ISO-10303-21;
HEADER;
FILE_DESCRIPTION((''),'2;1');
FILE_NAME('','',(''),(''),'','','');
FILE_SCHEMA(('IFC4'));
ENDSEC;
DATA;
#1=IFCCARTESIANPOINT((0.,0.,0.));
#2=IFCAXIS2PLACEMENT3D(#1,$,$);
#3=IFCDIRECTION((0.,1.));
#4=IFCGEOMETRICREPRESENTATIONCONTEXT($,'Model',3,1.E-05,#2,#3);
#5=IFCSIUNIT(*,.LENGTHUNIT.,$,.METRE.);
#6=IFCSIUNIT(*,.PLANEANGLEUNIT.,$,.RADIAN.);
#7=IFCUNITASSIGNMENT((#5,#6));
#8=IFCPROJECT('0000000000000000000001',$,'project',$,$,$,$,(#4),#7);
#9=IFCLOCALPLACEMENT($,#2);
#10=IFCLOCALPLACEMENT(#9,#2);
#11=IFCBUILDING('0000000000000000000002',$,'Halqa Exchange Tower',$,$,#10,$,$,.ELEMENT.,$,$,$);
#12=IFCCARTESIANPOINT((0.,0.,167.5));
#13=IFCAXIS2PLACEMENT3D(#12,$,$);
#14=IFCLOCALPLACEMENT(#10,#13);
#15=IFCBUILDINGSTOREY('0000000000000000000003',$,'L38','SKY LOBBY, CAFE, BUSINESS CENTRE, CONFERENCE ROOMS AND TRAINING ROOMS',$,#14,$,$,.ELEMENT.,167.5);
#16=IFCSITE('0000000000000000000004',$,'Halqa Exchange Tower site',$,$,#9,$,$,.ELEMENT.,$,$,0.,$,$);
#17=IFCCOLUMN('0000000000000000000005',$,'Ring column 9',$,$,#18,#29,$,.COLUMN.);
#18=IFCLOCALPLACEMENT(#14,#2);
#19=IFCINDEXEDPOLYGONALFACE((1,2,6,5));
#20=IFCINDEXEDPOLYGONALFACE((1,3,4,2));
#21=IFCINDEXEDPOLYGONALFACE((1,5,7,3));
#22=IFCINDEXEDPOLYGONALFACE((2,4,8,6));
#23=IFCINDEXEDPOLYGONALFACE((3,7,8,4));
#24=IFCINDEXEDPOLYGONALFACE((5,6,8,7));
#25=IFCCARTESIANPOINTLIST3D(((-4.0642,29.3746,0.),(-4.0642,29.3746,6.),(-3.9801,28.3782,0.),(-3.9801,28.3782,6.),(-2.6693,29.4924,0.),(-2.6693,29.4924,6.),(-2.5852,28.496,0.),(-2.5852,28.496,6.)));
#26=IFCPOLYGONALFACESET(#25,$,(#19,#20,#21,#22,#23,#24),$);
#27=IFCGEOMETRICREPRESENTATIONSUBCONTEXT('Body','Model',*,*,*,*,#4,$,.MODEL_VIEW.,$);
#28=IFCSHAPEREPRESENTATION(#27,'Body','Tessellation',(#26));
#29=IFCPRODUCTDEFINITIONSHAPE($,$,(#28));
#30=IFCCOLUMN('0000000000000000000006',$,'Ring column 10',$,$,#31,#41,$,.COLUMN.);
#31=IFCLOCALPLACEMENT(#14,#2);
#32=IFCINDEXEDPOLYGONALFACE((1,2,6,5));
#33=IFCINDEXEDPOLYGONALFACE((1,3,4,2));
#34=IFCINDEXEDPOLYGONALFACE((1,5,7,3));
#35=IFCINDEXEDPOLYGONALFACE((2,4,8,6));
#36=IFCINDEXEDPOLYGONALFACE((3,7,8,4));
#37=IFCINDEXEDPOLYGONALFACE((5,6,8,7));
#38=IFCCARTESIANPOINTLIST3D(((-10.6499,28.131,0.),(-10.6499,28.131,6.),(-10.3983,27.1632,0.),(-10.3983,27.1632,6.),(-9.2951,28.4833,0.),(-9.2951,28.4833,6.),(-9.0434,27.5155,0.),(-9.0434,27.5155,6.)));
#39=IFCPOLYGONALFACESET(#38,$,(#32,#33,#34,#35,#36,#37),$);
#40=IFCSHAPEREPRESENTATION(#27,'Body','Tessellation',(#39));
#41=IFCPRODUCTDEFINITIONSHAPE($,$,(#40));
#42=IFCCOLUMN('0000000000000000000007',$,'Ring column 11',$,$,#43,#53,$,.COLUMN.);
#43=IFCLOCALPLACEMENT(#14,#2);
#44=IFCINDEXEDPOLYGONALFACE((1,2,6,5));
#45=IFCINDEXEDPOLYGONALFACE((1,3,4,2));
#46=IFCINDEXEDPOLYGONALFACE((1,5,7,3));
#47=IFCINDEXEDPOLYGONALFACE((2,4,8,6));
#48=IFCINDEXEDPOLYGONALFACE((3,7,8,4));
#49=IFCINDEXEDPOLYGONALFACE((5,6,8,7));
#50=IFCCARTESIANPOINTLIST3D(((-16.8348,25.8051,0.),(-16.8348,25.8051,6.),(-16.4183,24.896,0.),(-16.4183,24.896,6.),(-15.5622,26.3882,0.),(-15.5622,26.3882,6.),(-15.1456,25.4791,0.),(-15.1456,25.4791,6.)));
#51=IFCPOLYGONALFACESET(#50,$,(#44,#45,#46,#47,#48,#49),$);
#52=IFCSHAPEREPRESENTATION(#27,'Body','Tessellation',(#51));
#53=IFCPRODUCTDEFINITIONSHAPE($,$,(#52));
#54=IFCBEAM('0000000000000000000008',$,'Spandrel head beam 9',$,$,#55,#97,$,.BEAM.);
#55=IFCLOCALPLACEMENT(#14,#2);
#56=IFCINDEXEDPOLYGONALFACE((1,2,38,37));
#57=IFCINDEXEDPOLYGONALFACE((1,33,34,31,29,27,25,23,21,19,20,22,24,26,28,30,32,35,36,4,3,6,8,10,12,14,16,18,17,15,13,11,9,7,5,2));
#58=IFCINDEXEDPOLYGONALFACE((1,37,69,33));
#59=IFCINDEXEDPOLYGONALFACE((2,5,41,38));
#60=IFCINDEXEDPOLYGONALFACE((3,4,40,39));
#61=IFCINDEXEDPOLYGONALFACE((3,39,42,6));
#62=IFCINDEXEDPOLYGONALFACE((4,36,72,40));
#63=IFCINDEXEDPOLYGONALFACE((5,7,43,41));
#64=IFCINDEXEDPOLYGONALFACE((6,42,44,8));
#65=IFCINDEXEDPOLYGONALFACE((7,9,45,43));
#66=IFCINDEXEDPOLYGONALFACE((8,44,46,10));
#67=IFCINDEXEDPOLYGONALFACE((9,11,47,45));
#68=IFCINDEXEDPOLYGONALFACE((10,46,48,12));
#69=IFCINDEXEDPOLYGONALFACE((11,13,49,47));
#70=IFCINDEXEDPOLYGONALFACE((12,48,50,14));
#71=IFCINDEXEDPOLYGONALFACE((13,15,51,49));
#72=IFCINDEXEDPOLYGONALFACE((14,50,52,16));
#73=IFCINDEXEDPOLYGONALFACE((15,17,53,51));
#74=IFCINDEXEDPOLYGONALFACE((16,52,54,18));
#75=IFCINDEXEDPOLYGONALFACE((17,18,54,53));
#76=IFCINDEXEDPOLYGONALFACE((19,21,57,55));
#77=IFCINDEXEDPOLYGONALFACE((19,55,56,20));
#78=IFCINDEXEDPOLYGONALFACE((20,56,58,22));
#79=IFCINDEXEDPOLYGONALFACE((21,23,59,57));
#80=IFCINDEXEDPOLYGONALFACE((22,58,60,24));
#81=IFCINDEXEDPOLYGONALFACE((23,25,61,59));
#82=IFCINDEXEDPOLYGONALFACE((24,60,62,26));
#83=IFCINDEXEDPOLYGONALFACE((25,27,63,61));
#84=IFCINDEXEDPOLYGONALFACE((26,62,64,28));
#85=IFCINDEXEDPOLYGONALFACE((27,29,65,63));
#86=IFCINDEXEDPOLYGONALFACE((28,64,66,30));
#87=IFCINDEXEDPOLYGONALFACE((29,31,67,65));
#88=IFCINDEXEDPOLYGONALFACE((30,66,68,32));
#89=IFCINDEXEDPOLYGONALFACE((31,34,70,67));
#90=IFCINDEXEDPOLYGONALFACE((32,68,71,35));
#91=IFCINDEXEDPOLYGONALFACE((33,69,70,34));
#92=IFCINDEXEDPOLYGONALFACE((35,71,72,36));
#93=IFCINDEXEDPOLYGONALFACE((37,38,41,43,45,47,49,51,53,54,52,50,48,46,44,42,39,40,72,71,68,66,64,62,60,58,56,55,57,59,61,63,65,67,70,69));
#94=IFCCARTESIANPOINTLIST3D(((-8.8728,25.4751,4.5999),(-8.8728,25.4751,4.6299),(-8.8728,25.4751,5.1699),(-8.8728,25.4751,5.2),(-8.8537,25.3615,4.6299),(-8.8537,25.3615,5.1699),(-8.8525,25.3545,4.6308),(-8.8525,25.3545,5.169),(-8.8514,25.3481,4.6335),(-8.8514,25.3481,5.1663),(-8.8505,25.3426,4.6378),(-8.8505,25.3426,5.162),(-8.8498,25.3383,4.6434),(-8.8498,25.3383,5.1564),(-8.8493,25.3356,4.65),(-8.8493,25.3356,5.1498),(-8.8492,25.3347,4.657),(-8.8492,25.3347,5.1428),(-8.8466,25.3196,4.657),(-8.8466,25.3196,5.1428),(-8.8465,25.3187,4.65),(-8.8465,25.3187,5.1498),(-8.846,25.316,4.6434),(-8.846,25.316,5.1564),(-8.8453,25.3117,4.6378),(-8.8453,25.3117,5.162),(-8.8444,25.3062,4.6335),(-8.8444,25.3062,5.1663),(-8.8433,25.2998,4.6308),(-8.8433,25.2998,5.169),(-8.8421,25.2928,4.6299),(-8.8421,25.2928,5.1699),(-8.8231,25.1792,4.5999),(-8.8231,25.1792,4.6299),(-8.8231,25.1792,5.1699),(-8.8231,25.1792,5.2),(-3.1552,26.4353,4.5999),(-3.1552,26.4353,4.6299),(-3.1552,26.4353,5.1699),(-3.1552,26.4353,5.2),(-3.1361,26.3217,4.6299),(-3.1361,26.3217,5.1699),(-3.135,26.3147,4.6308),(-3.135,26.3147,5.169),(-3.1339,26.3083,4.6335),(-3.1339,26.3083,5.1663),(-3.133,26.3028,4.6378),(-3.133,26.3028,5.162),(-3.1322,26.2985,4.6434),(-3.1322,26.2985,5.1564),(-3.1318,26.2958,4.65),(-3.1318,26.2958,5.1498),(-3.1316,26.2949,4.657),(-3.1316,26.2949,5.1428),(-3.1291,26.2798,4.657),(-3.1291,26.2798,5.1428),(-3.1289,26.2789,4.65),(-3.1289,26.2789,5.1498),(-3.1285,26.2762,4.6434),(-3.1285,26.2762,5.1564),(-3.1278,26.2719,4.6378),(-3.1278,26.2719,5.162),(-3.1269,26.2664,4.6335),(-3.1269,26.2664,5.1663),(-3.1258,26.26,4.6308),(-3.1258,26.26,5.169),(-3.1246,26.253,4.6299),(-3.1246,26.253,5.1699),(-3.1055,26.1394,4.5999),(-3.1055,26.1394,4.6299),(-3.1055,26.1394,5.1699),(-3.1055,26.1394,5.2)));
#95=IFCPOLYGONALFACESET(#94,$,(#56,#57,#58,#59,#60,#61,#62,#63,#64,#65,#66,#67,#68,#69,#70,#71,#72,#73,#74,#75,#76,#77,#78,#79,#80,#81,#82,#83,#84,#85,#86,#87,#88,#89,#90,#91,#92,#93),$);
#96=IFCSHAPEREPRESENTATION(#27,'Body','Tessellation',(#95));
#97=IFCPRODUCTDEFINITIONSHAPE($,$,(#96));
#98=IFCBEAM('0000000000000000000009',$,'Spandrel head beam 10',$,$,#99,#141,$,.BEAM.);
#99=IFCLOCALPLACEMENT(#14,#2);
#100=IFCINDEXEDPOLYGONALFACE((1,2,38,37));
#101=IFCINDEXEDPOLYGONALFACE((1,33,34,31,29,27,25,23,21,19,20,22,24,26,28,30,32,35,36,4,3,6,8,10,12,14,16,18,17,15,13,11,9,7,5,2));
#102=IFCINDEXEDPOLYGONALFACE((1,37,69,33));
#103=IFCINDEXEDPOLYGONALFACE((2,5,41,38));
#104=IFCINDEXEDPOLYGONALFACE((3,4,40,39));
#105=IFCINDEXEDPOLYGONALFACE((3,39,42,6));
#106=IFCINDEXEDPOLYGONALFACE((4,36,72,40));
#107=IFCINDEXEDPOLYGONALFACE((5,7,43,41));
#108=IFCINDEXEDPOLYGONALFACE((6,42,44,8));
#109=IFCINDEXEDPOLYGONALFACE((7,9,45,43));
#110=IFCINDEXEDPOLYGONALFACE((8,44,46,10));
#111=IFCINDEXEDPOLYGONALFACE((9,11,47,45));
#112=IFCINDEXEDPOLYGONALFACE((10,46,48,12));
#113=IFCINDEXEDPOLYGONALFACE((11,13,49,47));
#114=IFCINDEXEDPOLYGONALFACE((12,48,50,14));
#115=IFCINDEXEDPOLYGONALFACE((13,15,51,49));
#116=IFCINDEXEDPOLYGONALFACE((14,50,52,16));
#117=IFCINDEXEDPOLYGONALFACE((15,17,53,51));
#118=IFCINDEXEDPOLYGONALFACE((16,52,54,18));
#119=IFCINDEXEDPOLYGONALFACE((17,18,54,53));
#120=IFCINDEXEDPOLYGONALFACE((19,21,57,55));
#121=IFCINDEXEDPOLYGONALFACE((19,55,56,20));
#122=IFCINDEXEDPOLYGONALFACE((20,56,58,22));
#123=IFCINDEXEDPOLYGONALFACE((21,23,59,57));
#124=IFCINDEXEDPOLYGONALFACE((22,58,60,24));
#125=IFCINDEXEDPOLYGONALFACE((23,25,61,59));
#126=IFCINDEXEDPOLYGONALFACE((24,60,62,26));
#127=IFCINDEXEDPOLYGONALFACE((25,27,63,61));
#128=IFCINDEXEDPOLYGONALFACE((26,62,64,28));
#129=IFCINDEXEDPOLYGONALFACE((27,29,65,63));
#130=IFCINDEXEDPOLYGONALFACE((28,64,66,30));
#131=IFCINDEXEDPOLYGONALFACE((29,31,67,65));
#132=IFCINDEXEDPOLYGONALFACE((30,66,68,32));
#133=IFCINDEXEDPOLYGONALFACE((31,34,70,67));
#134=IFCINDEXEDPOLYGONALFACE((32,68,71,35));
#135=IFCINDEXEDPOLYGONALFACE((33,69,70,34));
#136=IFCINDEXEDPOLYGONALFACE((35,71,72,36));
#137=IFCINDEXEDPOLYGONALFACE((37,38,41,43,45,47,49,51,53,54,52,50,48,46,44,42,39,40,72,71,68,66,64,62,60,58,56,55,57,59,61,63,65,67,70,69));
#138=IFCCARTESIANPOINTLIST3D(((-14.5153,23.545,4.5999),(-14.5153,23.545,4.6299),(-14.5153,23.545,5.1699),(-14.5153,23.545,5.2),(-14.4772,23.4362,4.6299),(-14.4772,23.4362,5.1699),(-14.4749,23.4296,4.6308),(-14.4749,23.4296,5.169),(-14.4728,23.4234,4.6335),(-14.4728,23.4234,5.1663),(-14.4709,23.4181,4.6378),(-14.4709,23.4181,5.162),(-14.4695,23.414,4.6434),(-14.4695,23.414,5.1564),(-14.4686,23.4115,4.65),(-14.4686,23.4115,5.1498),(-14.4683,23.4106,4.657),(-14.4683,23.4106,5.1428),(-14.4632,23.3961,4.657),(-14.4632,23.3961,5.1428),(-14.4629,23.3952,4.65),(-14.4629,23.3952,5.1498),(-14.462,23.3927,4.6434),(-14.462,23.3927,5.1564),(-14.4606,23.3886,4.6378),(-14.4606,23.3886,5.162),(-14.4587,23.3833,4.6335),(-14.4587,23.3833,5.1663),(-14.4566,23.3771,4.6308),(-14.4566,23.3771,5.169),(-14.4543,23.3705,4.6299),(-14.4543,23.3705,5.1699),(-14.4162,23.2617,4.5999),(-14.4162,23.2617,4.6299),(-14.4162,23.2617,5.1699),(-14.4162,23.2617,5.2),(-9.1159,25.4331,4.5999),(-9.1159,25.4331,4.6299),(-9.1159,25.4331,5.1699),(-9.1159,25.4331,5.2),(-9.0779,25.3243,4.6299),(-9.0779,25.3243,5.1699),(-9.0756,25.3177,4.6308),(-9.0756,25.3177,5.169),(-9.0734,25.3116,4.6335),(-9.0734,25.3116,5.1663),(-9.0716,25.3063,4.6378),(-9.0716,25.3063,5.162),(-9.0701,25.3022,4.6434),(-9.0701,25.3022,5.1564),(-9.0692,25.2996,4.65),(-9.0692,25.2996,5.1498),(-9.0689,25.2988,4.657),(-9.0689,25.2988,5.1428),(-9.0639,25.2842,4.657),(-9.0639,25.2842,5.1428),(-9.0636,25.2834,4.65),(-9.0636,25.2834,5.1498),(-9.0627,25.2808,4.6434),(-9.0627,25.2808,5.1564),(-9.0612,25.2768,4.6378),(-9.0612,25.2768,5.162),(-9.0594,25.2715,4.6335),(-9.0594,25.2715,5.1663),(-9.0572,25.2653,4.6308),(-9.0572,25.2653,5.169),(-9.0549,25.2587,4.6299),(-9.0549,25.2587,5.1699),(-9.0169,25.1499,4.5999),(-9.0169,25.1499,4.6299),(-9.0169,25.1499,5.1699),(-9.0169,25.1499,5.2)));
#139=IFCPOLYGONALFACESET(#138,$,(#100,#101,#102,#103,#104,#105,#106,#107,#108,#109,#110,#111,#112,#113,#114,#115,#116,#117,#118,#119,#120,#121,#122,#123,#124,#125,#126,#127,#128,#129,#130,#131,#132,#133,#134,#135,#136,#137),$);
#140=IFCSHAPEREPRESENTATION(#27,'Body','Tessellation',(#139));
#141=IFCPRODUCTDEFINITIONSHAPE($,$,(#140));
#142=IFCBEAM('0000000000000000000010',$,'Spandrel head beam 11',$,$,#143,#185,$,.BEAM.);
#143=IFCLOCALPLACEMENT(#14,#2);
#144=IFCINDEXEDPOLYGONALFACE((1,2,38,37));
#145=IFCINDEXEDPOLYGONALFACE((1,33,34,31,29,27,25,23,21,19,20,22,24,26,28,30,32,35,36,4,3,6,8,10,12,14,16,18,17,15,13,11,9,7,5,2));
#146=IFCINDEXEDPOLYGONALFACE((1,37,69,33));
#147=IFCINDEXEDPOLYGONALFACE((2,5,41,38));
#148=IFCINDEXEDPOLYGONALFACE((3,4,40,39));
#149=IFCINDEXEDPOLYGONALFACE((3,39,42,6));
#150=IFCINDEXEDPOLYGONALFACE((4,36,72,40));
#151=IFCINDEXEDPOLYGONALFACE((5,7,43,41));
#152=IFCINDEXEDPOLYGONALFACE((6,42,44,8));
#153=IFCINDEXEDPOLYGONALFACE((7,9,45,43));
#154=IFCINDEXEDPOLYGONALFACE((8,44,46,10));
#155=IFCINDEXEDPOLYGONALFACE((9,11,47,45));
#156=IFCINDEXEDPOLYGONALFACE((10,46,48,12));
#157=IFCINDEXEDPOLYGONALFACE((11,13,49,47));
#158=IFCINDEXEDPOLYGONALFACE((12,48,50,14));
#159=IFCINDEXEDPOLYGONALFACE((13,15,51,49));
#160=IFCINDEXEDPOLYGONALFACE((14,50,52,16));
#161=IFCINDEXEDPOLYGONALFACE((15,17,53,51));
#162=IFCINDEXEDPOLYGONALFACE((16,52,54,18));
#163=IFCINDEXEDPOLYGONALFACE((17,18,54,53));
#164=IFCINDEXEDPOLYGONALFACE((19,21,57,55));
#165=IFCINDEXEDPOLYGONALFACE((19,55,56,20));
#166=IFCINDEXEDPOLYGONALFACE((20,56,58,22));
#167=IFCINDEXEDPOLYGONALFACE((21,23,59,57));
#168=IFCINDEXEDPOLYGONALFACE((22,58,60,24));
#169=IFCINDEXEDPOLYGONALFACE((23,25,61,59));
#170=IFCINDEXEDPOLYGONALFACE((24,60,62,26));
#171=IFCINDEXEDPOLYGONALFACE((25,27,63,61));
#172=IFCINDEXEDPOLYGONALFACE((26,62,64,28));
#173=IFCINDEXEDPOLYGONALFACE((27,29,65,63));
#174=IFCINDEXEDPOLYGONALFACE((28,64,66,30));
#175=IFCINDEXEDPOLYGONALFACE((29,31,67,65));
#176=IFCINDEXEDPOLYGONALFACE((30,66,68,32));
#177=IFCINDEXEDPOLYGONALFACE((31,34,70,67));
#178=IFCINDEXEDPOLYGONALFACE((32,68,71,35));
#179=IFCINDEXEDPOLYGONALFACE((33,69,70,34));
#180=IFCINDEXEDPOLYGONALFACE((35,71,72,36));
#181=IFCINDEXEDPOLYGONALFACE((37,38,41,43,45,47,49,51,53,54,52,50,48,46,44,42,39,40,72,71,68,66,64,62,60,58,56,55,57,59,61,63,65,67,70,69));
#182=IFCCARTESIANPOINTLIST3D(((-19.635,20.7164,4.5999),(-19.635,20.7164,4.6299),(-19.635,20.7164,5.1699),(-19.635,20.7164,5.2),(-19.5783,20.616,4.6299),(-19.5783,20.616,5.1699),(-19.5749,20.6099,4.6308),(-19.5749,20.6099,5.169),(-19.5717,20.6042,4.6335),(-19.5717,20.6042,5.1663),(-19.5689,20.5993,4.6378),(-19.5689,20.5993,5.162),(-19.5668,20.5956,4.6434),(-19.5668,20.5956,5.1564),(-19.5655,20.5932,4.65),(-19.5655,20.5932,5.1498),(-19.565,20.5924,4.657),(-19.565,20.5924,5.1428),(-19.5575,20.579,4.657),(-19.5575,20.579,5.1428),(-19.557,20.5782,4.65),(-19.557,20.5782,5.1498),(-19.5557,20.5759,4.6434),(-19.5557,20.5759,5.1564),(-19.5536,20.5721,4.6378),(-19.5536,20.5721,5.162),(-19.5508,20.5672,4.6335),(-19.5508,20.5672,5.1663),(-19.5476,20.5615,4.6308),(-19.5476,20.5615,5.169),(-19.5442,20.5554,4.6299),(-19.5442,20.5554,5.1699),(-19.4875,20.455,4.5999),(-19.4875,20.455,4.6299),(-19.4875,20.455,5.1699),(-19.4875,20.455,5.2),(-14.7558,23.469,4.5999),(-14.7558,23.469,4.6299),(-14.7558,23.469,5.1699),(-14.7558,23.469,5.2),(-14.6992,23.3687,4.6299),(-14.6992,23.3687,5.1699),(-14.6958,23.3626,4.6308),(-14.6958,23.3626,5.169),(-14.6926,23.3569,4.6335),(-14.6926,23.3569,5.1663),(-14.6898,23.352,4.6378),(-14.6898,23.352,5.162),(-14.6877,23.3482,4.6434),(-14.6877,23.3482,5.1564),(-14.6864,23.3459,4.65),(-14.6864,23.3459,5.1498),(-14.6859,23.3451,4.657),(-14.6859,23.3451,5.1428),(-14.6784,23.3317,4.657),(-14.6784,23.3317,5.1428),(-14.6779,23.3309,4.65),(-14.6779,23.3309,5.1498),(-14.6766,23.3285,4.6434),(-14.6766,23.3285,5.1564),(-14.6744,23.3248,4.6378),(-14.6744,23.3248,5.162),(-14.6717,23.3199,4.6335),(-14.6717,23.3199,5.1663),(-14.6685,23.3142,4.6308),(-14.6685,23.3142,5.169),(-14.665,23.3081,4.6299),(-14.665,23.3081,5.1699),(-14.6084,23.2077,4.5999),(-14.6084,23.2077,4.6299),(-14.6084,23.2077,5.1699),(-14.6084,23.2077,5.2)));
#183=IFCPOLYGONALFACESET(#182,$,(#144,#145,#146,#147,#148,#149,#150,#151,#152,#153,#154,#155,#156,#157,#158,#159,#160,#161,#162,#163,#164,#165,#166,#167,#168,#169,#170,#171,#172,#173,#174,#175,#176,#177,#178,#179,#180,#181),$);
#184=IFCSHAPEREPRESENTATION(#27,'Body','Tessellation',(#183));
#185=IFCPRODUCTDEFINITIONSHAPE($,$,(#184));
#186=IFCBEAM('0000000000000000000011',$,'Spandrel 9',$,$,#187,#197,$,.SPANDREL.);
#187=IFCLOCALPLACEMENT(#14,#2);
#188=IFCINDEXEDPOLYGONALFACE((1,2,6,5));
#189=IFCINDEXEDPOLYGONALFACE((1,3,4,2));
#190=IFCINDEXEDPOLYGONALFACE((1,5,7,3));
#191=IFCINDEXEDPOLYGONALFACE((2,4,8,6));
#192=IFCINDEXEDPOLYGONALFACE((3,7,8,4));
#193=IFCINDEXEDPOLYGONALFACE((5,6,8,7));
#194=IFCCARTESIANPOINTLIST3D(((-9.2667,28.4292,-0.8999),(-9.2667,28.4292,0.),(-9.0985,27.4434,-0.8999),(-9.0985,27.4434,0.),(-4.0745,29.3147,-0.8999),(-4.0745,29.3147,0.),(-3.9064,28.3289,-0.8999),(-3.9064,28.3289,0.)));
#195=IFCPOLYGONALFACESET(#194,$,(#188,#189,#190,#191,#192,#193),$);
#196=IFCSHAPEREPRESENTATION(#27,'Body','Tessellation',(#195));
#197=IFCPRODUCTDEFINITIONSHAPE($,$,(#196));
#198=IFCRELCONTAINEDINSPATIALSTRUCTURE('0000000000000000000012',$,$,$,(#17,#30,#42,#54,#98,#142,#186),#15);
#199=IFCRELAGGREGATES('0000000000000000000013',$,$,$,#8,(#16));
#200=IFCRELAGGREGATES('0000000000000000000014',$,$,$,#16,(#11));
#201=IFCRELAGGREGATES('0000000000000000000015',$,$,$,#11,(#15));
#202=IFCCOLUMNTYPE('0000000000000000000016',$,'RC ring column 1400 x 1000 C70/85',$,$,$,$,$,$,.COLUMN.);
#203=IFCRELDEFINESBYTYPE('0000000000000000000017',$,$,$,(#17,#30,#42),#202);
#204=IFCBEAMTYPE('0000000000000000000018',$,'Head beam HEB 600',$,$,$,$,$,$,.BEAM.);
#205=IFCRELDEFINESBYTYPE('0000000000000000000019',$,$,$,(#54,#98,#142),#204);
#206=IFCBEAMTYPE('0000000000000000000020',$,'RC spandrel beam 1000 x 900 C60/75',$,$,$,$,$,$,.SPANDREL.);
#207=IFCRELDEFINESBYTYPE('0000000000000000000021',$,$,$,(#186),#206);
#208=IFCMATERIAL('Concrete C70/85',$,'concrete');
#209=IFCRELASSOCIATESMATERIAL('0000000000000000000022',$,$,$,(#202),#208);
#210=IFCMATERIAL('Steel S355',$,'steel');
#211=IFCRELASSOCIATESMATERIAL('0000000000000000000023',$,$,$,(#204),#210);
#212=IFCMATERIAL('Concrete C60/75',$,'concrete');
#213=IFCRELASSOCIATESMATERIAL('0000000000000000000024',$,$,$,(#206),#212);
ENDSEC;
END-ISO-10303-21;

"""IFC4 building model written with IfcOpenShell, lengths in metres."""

from ifc_helpers import new_model, si_unit, direction, frame, origin, origin_2d, place, context, subcontext, project, spatial, rectangle, i_section, extrude, material, material_profile, profile_set, type_object, element, save


model = new_model("IFC4")

# Units and contexts
model_context = context("Model", 3, precision=1e-05, world=origin(), true_north=direction((0.0, 1.0)))
body_context = subcontext(model_context, "Body", "Model", "MODEL_VIEW")
ifc_project = project(units=[si_unit("LENGTHUNIT", "METRE"), si_unit("PLANEANGLEUNIT", "RADIAN")], contexts=[model_context])

# Site, building, storey
site_placement = place(None, origin())
site = spatial("IfcSite", under=ifc_project, at=site_placement, Name="Halqa Exchange Tower site", CompositionType="ELEMENT", RefElevation=0.0)
building_placement = place(site_placement, origin())
building = spatial("IfcBuilding", under=site, at=building_placement, Name="Halqa Exchange Tower", CompositionType="ELEMENT")
storey_placement = place(building_placement, frame((0.0, 0.0, 167.5)))
storey = spatial("IfcBuildingStorey", under=building, at=storey_placement, Name="L38", Description="SKY LOBBY, CAFE, BUSINESS CENTRE, CONFERENCE ROOMS AND TRAINING ROOMS", CompositionType="ELEMENT", Elevation=167.5)

# Columns
ifc_material_1 = material(Name="Concrete C70/85", Category="concrete")
ifc_material_profile_1 = material_profile(ifc_material_1, rectangle(XDim=1.3999, YDim=1.0, at=origin_2d()), Name="1400 x 1000")
ifc_profile_set_1 = profile_set([ifc_material_profile_1], Name="Concrete C70/85")
column_type = type_object("IfcColumnType", Name="RC ring column 1400 x 1000 C70/85", PredefinedType="COLUMN", material=ifc_profile_set_1)
for number, where, z_axis, x_axis, name in (
    (1, (-3.3247, 28.9353, 0.0), (0.0, 0.0, 1.0), (-0.996455, -0.084125, 0.0), "Ring column 9"),
    (2, (-9.8467, 27.8232, 0.0), (0.0, 0.0, 1.0), (-0.96782, -0.251645, 0.0), "Ring column 10"),
    (3, (-15.9902, 25.6421, 0.0), (0.0, 0.0, 1.0), (-0.909126, -0.41652, 0.0), "Ring column 11"),
):
    element("IfcColumn", number, at=place(storey_placement, frame(where, z_axis=z_axis, x_axis=x_axis)), inside=storey, type_object=column_type, Name=name, PredefinedType="COLUMN", context=body_context, shape_type="SweptSolid", body=[
        extrude(rectangle(XDim=1.3999, YDim=1.0, at=origin_2d()), origin(), (0.0, 0.0, 1.0), 6.0),
    ])

# Beams
ifc_material_2 = material(Name="Steel S355", Category="steel")
ifc_material_profile_2 = material_profile(ifc_material_2, i_section(OverallWidth=0.3, OverallDepth=0.6001, WebThickness=0.0154, FlangeThickness=0.03, FilletRadius=0.0271, at=origin_2d()), Name="HEB 600")
ifc_profile_set_2 = profile_set([ifc_material_profile_2], Name="Steel S355")
beam_type_1 = type_object("IfcBeamType", Name="Head beam HEB 600", PredefinedType="BEAM", material=ifc_profile_set_2)
beam_1_placement = place(storey_placement, frame((-3.1304, 26.2874, 4.8999), z_axis=(-0.986189, -0.165621, 0.0), x_axis=(0.165621, -0.986189, 0.0)))
element("IfcBeam", 4, at=beam_1_placement, inside=storey, type_object=beam_type_1, Name="Spandrel head beam 9", PredefinedType="BEAM", context=body_context, shape_type="SweptSolid", body=[
    extrude(i_section(OverallWidth=0.3, OverallDepth=0.6001, WebThickness=0.0154, FlangeThickness=0.03, FilletRadius=0.0271, at=origin_2d()), origin(), (0.0, 0.0, 1.0), 5.7976),
])
beam_2_placement = place(storey_placement, frame((-9.0664, 25.2915, 4.8999), z_axis=(-0.943946, -0.330099, 0.0), x_axis=(0.330099, -0.943946, 0.0)))
element("IfcBeam", 5, at=beam_2_placement, inside=storey, type_object=beam_type_1, Name="Spandrel head beam 10", PredefinedType="BEAM", context=body_context, shape_type="SweptSolid", body=[
    extrude(i_section(OverallWidth=0.3, OverallDepth=0.6001, WebThickness=0.0154, FlangeThickness=0.03, FilletRadius=0.0271, at=origin_2d()), origin(), (0.0, 0.0, 1.0), 5.72),
])
beam_3_placement = place(storey_placement, frame((-14.6821, 23.3384, 4.8999), z_axis=(-0.870952, -0.491368, 0.0), x_axis=(0.491368, -0.870952, 0.0)))
element("IfcBeam", 6, at=beam_3_placement, inside=storey, type_object=beam_type_1, Name="Spandrel head beam 11", PredefinedType="BEAM", context=body_context, shape_type="SweptSolid", body=[
    extrude(i_section(OverallWidth=0.3, OverallDepth=0.6001, WebThickness=0.0154, FlangeThickness=0.03, FilletRadius=0.0271, at=origin_2d()), origin(), (0.0, 0.0, 1.0), 5.6021),
])
ifc_material_3 = material(Name="Concrete C60/75", Category="concrete")
ifc_material_profile_3 = material_profile(ifc_material_3, rectangle(XDim=1.0, YDim=0.8999, at=origin_2d()), Name="1000 x 900")
ifc_profile_set_3 = profile_set([ifc_material_profile_3], Name="Concrete C60/75")
beam_type_2 = type_object("IfcBeamType", Name="RC spandrel beam 1000 x 900 C60/75", PredefinedType="SPANDREL", material=ifc_profile_set_3)
beam_4_placement = place(storey_placement, frame((-3.9905, 28.8218, -0.45), z_axis=(-0.985767, -0.168119, 0.0), x_axis=(0.168119, -0.985767, 0.0)))
element("IfcBeam", 7, at=beam_4_placement, inside=storey, type_object=beam_type_2, Name="Spandrel 9", PredefinedType="SPANDREL", context=body_context, shape_type="SweptSolid", body=[
    extrude(rectangle(XDim=1.0, YDim=0.8999, at=origin_2d()), origin(), (0.0, 0.0, 1.0), 5.2671),
])

save(model, "model.ifc")
